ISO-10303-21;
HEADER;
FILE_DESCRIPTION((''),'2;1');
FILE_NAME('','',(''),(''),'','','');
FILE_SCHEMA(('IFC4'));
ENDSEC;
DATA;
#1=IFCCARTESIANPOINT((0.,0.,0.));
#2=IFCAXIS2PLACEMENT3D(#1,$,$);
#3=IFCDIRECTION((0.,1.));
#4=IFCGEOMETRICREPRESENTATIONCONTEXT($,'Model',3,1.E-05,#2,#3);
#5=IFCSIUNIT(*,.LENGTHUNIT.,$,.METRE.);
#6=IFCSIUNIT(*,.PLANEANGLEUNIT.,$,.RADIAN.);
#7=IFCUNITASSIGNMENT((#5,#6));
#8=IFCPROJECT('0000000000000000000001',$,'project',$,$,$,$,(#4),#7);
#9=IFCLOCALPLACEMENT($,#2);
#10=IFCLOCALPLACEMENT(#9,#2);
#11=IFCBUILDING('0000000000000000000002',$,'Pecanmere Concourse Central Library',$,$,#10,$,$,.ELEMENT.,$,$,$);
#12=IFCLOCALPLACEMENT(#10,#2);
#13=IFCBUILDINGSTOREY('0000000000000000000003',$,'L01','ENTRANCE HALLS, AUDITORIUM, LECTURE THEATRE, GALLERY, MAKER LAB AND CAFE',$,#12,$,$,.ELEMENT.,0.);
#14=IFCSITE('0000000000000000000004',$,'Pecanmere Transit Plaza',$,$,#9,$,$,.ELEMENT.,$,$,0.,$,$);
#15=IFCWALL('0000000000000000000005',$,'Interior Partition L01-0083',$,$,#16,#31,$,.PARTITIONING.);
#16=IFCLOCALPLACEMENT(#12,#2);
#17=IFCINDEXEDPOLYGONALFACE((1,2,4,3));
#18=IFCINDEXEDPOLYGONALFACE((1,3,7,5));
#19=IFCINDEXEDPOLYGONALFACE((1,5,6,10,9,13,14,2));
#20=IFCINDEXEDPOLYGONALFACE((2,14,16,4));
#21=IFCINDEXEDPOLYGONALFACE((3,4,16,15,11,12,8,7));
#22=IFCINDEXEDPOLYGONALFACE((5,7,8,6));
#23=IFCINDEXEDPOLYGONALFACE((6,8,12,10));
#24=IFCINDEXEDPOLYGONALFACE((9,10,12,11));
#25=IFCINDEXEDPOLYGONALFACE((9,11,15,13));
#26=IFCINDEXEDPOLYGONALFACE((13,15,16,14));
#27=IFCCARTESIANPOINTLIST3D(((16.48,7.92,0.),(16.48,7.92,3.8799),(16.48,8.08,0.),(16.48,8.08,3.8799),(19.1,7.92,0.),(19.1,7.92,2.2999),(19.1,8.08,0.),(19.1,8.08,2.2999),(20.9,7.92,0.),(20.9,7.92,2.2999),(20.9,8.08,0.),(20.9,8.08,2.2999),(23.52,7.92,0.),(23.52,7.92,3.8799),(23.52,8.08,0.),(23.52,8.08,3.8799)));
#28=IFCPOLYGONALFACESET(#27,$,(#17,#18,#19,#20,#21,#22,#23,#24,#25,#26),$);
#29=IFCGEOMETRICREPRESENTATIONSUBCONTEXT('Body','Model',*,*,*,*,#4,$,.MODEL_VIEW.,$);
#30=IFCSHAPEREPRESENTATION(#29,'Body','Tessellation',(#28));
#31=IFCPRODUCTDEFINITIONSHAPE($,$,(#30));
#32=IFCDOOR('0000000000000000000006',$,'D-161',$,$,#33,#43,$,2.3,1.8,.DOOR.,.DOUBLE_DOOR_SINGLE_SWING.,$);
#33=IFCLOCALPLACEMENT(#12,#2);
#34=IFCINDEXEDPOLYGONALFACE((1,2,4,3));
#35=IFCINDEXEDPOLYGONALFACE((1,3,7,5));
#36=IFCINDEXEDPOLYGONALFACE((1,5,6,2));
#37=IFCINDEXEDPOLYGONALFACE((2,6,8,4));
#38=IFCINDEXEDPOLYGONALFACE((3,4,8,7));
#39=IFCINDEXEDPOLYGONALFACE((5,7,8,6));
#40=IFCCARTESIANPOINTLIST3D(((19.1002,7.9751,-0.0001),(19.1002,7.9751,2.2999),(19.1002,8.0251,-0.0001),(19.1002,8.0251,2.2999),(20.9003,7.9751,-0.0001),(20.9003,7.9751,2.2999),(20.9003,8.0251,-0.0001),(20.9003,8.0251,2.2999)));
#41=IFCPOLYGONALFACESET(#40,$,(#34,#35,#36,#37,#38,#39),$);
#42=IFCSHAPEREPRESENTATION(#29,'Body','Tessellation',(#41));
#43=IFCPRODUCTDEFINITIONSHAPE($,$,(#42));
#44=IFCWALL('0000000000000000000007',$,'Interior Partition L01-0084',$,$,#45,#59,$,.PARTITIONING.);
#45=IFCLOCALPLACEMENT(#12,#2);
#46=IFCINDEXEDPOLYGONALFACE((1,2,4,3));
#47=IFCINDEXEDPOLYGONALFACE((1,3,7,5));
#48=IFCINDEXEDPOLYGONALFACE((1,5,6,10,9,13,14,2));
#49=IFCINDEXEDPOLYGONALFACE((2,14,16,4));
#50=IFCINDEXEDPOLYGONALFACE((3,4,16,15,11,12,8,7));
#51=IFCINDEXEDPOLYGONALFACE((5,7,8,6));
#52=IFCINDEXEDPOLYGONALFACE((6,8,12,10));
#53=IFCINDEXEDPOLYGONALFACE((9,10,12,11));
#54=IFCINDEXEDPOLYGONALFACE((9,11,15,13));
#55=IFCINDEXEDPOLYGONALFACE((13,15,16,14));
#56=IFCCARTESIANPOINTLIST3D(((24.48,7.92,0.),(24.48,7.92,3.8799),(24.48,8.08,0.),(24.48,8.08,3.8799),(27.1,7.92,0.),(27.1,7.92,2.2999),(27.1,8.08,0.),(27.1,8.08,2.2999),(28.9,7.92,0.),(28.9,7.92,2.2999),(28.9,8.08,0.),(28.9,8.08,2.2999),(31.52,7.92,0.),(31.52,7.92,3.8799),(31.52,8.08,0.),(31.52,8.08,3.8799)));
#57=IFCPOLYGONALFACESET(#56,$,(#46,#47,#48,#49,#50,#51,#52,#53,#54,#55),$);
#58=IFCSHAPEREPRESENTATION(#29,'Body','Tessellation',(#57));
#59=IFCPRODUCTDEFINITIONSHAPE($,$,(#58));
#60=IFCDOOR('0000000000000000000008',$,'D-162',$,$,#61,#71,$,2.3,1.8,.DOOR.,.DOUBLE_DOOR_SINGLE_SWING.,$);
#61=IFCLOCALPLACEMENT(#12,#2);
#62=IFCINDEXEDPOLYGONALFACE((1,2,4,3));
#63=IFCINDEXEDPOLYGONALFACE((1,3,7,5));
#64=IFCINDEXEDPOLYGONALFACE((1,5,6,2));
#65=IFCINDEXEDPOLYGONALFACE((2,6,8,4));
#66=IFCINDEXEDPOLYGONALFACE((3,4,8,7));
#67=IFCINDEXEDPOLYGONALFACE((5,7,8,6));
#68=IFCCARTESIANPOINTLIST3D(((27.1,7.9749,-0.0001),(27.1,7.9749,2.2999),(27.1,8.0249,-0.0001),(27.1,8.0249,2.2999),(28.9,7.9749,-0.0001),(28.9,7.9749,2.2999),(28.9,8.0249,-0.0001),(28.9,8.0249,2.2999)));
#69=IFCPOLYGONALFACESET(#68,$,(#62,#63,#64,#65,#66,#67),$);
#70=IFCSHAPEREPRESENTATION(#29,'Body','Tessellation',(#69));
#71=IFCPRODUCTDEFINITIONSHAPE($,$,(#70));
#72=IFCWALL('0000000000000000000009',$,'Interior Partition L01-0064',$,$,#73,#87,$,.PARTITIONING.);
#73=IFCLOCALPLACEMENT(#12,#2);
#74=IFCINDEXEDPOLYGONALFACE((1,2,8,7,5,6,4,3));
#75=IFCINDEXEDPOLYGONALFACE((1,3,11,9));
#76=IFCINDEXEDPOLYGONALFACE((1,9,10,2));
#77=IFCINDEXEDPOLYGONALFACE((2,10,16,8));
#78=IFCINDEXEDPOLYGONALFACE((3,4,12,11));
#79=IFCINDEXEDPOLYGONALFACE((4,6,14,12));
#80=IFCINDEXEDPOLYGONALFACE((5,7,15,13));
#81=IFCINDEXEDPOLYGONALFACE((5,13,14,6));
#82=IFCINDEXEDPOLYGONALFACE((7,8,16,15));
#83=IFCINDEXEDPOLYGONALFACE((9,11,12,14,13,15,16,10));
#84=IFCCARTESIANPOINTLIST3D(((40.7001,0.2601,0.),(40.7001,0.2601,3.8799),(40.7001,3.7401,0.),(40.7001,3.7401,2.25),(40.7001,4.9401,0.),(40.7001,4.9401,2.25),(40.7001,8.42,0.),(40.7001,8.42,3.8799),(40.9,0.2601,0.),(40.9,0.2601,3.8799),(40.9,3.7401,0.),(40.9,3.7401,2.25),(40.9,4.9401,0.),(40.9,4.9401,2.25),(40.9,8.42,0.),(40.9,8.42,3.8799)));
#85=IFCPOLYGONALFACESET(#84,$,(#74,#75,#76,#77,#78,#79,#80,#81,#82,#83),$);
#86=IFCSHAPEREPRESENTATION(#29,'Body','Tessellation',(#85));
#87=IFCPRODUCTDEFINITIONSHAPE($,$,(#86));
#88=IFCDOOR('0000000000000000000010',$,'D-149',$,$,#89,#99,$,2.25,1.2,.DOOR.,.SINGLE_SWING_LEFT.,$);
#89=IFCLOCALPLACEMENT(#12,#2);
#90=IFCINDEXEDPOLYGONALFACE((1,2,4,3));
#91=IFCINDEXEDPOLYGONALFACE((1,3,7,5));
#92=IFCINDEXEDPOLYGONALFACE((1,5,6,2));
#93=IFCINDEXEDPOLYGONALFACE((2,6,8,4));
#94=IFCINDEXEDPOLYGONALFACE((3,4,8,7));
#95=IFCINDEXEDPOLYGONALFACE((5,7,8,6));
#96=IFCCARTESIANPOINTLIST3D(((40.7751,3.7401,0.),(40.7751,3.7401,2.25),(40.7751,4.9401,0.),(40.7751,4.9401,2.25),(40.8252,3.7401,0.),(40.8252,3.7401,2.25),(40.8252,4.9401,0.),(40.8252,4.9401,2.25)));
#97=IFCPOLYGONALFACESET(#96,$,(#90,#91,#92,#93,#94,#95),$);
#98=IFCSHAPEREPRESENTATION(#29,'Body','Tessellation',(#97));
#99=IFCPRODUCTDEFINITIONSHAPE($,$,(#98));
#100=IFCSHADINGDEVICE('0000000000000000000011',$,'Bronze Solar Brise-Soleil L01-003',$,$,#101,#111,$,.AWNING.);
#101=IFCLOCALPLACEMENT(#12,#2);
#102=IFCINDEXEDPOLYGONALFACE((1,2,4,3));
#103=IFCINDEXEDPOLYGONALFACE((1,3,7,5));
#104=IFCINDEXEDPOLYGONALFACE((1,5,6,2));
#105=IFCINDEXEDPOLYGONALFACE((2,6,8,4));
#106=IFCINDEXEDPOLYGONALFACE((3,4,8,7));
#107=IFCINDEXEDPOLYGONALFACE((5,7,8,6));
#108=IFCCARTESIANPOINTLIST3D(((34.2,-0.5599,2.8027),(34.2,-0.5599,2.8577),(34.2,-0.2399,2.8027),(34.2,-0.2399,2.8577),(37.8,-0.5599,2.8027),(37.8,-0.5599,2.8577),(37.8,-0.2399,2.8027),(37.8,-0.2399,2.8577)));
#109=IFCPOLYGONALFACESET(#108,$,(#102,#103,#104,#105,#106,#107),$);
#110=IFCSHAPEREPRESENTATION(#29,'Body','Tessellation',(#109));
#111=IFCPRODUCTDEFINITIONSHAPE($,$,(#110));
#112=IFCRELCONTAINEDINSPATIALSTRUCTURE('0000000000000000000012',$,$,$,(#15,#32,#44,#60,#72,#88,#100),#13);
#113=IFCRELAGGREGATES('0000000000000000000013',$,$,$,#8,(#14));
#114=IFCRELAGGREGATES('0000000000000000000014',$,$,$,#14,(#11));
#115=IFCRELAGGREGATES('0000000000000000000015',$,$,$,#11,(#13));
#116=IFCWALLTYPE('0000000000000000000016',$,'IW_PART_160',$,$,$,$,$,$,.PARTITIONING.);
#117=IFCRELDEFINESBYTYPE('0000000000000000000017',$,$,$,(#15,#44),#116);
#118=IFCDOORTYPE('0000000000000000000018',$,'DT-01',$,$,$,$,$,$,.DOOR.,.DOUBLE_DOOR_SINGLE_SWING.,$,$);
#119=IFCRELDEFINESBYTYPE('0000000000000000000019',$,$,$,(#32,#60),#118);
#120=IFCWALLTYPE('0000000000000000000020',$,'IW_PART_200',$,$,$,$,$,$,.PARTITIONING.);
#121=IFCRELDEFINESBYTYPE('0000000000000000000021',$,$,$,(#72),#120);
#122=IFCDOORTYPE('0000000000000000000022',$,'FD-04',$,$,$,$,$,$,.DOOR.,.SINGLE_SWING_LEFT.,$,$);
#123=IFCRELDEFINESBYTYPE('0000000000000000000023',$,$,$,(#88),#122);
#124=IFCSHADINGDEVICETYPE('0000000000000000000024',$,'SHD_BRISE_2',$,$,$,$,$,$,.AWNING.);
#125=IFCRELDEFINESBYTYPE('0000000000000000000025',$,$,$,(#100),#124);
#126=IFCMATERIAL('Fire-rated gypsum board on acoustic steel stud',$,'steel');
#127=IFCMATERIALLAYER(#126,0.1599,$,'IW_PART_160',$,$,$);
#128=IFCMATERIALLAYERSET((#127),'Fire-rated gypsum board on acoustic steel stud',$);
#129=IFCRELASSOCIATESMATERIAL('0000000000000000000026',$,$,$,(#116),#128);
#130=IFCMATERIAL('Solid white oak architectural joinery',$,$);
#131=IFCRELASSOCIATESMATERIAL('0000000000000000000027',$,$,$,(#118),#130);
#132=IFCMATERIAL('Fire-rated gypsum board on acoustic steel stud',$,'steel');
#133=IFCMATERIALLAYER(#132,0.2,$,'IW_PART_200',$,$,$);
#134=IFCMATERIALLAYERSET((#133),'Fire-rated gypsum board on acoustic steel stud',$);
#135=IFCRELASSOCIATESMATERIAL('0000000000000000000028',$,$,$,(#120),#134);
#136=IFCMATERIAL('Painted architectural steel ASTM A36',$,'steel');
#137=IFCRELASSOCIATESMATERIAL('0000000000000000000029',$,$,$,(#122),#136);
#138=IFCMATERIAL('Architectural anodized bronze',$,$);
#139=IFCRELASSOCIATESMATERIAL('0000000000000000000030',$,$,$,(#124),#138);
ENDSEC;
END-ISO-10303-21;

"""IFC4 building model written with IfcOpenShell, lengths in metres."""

from ifc_helpers import new_model, si_unit, direction, frame, frame_2d, origin, origin_2d, place, context, subcontext, project, spatial, rectangle, extrude, material, layer, layer_set, type_object, element, fill, save


model = new_model("IFC4")

# Units and contexts
model_context = context("Model", 3, precision=1e-05, world=origin(), true_north=direction((0.0, 1.0)))
body_context = subcontext(model_context, "Body", "Model", "MODEL_VIEW")
ifc_project = project(units=[si_unit("LENGTHUNIT", "METRE"), si_unit("PLANEANGLEUNIT", "RADIAN")], contexts=[model_context])

# Site, building, storey
site_placement = place(None, origin())
site = spatial("IfcSite", under=ifc_project, at=site_placement, Name="Pecanmere Transit Plaza", CompositionType="ELEMENT", RefElevation=0.0)
building_placement = place(site_placement, origin())
building = spatial("IfcBuilding", under=site, at=building_placement, Name="Pecanmere Concourse Central Library", CompositionType="ELEMENT")
storey_placement = place(building_placement, origin())
storey = spatial("IfcBuildingStorey", under=building, at=storey_placement, Name="L01", Description="ENTRANCE HALLS, AUDITORIUM, LECTURE THEATRE, GALLERY, MAKER LAB AND CAFE", CompositionType="ELEMENT", Elevation=0.0)

# Walls, openings, doors
ifc_material_1 = material(Name="Fire-rated gypsum board on acoustic steel stud", Category="steel")
ifc_layer_1 = layer(ifc_material_1, 0.1599, Name="IW_PART_160")
ifc_layer_set_1 = layer_set([ifc_layer_1], Name="Fire-rated gypsum board on acoustic steel stud")
wall_type_1 = type_object("IfcWallType", Name="IW_PART_160", PredefinedType="PARTITIONING", material=ifc_layer_set_1)
wall_1_placement = place(storey_placement, frame((16.48, 8.0, 0.0), z_axis=(0.0, 0.0, 1.0), x_axis=(1.0, 0.0, 0.0)))
wall_1 = element("IfcWall", 1, at=wall_1_placement, inside=storey, type_object=wall_type_1, Name="Interior Partition L01-0083", PredefinedType="PARTITIONING", context=body_context, shape_type="SweptSolid", body=[
    extrude(rectangle(XDim=7.04, YDim=0.1599, at=frame_2d((3.52, 0.0))), origin(), (0.0, 0.0, 1.0), 3.8799),
])
opening_1_placement = place(wall_1_placement, frame((2.6201, 0.0, 0.0)))
opening_1 = element("IfcOpeningElement", 2, at=opening_1_placement, cuts=wall_1, PredefinedType="OPENING", context=body_context, shape_type="SweptSolid", body=[
    extrude(rectangle(XDim=1.8, YDim=2.3, at=frame_2d((0.8999, 1.1499))), frame((0.0, 0.0918, 0.0), z_axis=(0.0, -1.0, 0.0), x_axis=(1.0, 0.0, 0.0)), (0.0, 0.0, 1.0), 0.1838),
])
ifc_material_2 = material(Name="Solid white oak architectural joinery")
door_type_1 = type_object("IfcDoorType", Name="DT-01", OperationType="DOUBLE_DOOR_SINGLE_SWING", PredefinedType="DOOR", material=ifc_material_2)
door_1_placement = place(opening_1_placement, frame((1.8, 0.0, 0.0), z_axis=(0.0, 0.0, 1.0), x_axis=(-1.0, 0.0, 0.0)))
door_1 = element("IfcDoor", 3, at=door_1_placement, inside=storey, type_object=door_type_1, Name="D-161", OperationType="DOUBLE_DOOR_SINGLE_SWING", OverallHeight=2.3, OverallWidth=1.8, PredefinedType="DOOR", context=body_context, shape_type="SweptSolid", body=[
    extrude(rectangle(XDim=1.8, YDim=2.3, at=frame_2d((0.8999, 1.1499))), frame((0.0, 0.0249, 0.0), z_axis=(0.0, -1.0, 0.0), x_axis=(1.0, 0.0, 0.0)), (0.0, 0.0, 1.0), 0.05),
])
fill(opening_1, door_1)
wall_2_placement = place(storey_placement, frame((24.48, 8.0, 0.0), z_axis=(0.0, 0.0, 1.0), x_axis=(1.0, 0.0, 0.0)))
wall_2 = element("IfcWall", 4, at=wall_2_placement, inside=storey, type_object=wall_type_1, Name="Interior Partition L01-0084", PredefinedType="PARTITIONING", context=body_context, shape_type="SweptSolid", body=[
    extrude(rectangle(XDim=7.04, YDim=0.1599, at=frame_2d((3.52, 0.0))), origin(), (0.0, 0.0, 1.0), 3.8799),
])
opening_2_placement = place(wall_2_placement, frame((2.6201, 0.0, 0.0)))
opening_2 = element("IfcOpeningElement", 5, at=opening_2_placement, cuts=wall_2, PredefinedType="OPENING", context=body_context, shape_type="SweptSolid", body=[
    extrude(rectangle(XDim=1.8, YDim=2.3, at=frame_2d((0.8999, 1.1499))), frame((0.0, 0.0918, 0.0), z_axis=(0.0, -1.0, 0.0), x_axis=(1.0, 0.0, 0.0)), (0.0, 0.0, 1.0), 0.1838),
])
door_2_placement = place(opening_2_placement, origin())
door_2 = element("IfcDoor", 6, at=door_2_placement, inside=storey, type_object=door_type_1, Name="D-162", OperationType="DOUBLE_DOOR_SINGLE_SWING", OverallHeight=2.3, OverallWidth=1.8, PredefinedType="DOOR", context=body_context, shape_type="SweptSolid", body=[
    extrude(rectangle(XDim=1.8, YDim=2.3, at=frame_2d((0.8999, 1.1499))), frame((0.0, 0.0249, 0.0), z_axis=(0.0, -1.0, 0.0), x_axis=(1.0, 0.0, 0.0)), (0.0, 0.0, 1.0), 0.05),
])
fill(opening_2, door_2)
ifc_material_3 = material(Name="Fire-rated gypsum board on acoustic steel stud", Category="steel")
ifc_layer_2 = layer(ifc_material_3, 0.2, Name="IW_PART_200")
ifc_layer_set_2 = layer_set([ifc_layer_2], Name="Fire-rated gypsum board on acoustic steel stud")
wall_type_2 = type_object("IfcWallType", Name="IW_PART_200", PredefinedType="PARTITIONING", material=ifc_layer_set_2)
wall_3_placement = place(storey_placement, frame((40.8, 0.26, 0.0), z_axis=(0.0, 0.0, 1.0), x_axis=(0.0, 1.0, 0.0)))
wall_3 = element("IfcWall", 7, at=wall_3_placement, inside=storey, type_object=wall_type_2, Name="Interior Partition L01-0064", PredefinedType="PARTITIONING", context=body_context, shape_type="SweptSolid", body=[
    extrude(rectangle(XDim=8.1599, YDim=0.2, at=frame_2d((4.0801, 0.0))), origin(), (0.0, 0.0, 1.0), 3.8799),
])
opening_3_placement = place(wall_3_placement, frame((3.48, 0.0, 0.0)))
opening_3 = element("IfcOpeningElement", 8, at=opening_3_placement, cuts=wall_3, PredefinedType="OPENING", context=body_context, shape_type="SweptSolid", body=[
    extrude(rectangle(XDim=1.2, YDim=2.25, at=frame_2d((0.6001, 1.125))), frame((0.0, 0.1118, 0.0), z_axis=(0.0, -1.0, 0.0), x_axis=(1.0, 0.0, 0.0)), (0.0, 0.0, 1.0), 0.2239),
])
ifc_material_4 = material(Name="Painted architectural steel ASTM A36", Category="steel")
door_type_2 = type_object("IfcDoorType", Name="FD-04", OperationType="SINGLE_SWING_LEFT", PredefinedType="DOOR", material=ifc_material_4)
door_3_placement = place(opening_3_placement, origin())
door_3 = element("IfcDoor", 9, at=door_3_placement, inside=storey, type_object=door_type_2, Name="D-149", OperationType="SINGLE_SWING_LEFT", OverallHeight=2.25, OverallWidth=1.2, PredefinedType="DOOR", context=body_context, shape_type="SweptSolid", body=[
    extrude(rectangle(XDim=1.2, YDim=2.25, at=frame_2d((0.6001, 1.125))), frame((0.0, 0.0249, 0.0), z_axis=(0.0, -1.0, 0.0), x_axis=(1.0, 0.0, 0.0)), (0.0, 0.0, 1.0), 0.05),
])
fill(opening_3, door_3)

# Shading device
ifc_material_5 = material(Name="Architectural anodized bronze")
shading_device_type = type_object("IfcShadingDeviceType", Name="SHD_BRISE_2", PredefinedType="AWNING", material=ifc_material_5)
shading_device_placement = place(storey_placement, frame((36.0, -0.3999, 2.8027), z_axis=(0.0, 0.0, 1.0), x_axis=(1.0, 0.0, 0.0)))
element("IfcShadingDevice", 10, at=shading_device_placement, inside=storey, type_object=shading_device_type, Name="Bronze Solar Brise-Soleil L01-003", PredefinedType="AWNING", context=body_context, shape_type="SweptSolid", body=[
    extrude(rectangle(XDim=3.6001, YDim=0.3201, at=origin_2d()), origin(), (0.0, 0.0, 1.0), 0.0549),
])

save(model, "model.ifc")
